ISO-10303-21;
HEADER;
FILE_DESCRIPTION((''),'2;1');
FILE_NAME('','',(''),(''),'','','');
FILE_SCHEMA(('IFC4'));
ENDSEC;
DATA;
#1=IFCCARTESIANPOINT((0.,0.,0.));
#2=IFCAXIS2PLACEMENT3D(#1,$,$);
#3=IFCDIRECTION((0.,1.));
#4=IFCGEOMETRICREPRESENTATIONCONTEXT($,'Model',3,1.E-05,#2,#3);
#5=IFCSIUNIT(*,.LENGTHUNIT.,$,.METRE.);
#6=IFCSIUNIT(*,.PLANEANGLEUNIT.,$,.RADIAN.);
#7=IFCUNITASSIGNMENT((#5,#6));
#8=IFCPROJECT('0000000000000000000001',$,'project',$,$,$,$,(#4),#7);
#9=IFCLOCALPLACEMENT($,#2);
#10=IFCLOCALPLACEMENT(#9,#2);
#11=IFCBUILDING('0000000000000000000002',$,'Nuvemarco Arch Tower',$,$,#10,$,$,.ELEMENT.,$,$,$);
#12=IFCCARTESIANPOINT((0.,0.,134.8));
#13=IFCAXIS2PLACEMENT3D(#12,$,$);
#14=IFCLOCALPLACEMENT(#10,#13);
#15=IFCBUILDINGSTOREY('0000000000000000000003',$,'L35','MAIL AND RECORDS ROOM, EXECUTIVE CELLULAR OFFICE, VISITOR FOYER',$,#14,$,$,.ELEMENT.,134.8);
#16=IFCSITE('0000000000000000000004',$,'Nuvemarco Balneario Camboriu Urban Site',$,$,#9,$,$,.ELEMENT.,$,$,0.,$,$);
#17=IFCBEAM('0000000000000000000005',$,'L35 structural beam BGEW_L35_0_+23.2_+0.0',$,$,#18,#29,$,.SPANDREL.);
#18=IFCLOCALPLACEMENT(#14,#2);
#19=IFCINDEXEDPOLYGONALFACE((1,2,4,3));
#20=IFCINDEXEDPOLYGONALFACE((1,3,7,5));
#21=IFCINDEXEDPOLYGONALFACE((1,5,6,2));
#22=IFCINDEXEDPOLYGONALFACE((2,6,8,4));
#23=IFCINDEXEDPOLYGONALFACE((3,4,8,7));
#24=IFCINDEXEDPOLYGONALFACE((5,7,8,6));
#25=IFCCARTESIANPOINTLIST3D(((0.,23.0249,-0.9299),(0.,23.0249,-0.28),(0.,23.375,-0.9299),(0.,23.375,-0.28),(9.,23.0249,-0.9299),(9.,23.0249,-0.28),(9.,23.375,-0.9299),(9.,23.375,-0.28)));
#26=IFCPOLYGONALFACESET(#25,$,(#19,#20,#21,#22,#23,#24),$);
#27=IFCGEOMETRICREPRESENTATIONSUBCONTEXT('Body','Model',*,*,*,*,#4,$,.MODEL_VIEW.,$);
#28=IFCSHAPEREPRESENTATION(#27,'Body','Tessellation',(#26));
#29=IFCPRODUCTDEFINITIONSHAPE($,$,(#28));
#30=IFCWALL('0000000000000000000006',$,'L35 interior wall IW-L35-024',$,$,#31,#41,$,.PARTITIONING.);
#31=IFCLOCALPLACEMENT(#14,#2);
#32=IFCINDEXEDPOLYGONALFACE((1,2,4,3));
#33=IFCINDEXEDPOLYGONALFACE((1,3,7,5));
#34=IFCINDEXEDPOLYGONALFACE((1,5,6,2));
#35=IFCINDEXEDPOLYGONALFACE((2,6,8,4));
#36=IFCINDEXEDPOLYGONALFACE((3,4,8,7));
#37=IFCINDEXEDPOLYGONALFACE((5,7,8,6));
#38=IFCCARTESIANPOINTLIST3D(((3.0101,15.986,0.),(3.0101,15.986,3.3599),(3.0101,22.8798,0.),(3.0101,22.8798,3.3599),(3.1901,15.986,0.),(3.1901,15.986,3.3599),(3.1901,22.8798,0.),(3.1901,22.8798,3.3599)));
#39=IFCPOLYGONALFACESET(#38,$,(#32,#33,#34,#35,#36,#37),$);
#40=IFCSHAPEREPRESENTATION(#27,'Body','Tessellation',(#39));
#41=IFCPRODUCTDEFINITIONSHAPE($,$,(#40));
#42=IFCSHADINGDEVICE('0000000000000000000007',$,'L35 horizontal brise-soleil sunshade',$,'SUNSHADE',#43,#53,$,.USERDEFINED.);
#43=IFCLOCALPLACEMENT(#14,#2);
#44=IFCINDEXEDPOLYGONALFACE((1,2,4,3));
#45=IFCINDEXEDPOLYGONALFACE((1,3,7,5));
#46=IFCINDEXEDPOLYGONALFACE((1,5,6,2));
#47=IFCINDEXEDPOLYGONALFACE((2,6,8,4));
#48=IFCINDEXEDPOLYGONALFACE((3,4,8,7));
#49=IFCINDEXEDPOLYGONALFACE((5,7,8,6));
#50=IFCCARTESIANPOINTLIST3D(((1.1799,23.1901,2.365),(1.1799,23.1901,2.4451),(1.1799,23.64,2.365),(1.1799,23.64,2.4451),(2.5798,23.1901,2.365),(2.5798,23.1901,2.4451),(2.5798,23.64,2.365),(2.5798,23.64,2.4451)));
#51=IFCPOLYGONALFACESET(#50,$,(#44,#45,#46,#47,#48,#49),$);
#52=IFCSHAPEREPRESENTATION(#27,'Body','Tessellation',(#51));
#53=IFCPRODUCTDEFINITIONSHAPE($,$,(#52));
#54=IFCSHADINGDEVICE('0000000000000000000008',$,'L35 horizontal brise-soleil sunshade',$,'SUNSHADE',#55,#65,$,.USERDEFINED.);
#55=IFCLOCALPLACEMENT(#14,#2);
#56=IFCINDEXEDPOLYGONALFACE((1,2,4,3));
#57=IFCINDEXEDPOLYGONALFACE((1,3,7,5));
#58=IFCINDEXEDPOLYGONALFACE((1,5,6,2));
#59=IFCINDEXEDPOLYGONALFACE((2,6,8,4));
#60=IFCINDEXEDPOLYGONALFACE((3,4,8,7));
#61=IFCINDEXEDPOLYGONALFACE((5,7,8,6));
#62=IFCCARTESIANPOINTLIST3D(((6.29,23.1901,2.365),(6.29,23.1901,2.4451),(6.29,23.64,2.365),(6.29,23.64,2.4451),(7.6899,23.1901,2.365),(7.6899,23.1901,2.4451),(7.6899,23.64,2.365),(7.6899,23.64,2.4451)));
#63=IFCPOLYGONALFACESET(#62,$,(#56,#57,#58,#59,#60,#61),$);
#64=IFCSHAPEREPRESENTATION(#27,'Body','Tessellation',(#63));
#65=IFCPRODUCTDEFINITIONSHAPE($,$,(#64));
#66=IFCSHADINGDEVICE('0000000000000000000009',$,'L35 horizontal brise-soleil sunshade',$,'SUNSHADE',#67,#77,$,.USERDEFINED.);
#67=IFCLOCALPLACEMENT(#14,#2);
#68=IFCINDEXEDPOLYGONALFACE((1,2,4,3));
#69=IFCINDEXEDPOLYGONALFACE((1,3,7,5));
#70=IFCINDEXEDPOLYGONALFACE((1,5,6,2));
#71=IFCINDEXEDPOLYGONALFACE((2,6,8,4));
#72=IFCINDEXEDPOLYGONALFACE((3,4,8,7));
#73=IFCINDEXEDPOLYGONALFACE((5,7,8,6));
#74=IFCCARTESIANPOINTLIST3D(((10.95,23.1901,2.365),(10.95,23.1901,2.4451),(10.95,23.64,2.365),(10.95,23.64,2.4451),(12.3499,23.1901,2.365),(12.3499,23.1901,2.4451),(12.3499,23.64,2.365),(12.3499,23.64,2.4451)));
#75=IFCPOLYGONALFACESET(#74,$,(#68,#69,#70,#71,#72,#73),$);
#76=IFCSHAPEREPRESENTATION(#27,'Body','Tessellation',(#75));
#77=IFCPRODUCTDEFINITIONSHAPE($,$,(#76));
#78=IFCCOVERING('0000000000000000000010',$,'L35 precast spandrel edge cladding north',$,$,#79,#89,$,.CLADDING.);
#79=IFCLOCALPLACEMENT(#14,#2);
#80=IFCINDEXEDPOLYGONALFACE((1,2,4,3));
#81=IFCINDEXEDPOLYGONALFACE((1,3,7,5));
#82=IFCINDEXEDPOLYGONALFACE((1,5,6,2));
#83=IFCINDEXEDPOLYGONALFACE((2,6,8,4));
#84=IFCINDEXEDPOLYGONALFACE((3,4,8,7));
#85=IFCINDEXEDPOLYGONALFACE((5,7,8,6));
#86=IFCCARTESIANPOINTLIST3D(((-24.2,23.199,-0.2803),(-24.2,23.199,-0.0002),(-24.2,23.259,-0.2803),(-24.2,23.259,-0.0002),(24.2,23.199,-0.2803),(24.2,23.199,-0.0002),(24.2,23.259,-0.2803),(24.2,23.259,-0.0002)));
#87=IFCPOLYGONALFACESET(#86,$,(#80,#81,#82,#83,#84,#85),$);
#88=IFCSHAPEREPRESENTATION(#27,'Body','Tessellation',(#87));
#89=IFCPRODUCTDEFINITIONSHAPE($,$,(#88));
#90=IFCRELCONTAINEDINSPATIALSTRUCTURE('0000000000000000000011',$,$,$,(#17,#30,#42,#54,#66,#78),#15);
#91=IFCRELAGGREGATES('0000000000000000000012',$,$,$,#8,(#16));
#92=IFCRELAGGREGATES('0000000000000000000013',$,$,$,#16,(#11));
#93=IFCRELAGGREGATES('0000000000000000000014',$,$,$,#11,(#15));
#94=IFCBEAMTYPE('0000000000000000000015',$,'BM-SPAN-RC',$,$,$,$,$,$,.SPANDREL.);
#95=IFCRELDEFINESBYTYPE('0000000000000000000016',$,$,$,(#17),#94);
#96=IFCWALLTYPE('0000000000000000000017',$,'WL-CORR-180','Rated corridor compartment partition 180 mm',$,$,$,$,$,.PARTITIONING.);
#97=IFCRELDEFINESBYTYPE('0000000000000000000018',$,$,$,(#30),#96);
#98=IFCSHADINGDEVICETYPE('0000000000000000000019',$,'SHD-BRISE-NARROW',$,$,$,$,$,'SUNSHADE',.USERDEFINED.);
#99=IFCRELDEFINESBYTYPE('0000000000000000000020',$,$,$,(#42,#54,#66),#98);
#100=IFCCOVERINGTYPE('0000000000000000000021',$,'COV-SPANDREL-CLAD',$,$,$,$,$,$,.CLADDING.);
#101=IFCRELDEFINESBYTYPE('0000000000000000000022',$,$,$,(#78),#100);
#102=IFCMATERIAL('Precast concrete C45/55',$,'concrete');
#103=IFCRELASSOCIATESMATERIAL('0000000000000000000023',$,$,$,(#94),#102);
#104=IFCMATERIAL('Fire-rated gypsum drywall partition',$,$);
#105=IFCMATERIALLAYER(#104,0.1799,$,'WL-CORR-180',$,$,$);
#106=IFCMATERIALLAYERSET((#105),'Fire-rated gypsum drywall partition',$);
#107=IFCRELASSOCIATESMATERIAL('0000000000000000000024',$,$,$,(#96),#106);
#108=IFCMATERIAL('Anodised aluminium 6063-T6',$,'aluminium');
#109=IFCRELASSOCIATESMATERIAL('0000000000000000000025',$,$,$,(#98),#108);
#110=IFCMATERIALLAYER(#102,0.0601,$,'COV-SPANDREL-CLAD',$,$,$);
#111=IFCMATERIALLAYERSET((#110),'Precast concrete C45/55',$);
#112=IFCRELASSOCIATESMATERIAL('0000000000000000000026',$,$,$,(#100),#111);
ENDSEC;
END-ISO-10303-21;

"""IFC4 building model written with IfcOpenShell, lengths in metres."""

from ifc_helpers import new_model, si_unit, direction, frame, frame_2d, origin, origin_2d, place, context, subcontext, project, spatial, rectangle, extrude, source, transform, mapped, material, layer, layer_set, material_profile, profile_set, type_object, type_shapes, element, save


model = new_model("IFC4")

# Units and contexts
model_context = context("Model", 3, precision=1e-05, world=origin(), true_north=direction((0.0, 1.0)))
body_context = subcontext(model_context, "Body", "Model", "MODEL_VIEW")
ifc_project = project(units=[si_unit("LENGTHUNIT", "METRE"), si_unit("PLANEANGLEUNIT", "RADIAN")], contexts=[model_context])

# Site, building, storey
site_placement = place(None, origin())
site = spatial("IfcSite", under=ifc_project, at=site_placement, Name="Nuvemarco Balneario Camboriu Urban Site", CompositionType="ELEMENT", RefElevation=0.0)
building_placement = place(site_placement, origin())
building = spatial("IfcBuilding", under=site, at=building_placement, Name="Nuvemarco Arch Tower", CompositionType="ELEMENT")
storey_placement = place(building_placement, frame((0.0, 0.0, 134.8)))
storey = spatial("IfcBuildingStorey", under=building, at=storey_placement, Name="L35", Description="MAIL AND RECORDS ROOM, EXECUTIVE CELLULAR OFFICE, VISITOR FOYER", CompositionType="ELEMENT", Elevation=134.8)

# Beam
ifc_material_1 = material(Name="Precast concrete C45/55", Category="concrete")
ifc_material_profile_1 = material_profile(ifc_material_1, rectangle(XDim=0.3501, YDim=0.6499, at=origin_2d()), Name="PC-SP-350x650")
ifc_profile_set_1 = profile_set([ifc_material_profile_1], Name="Precast concrete C45/55")
beam_type_1 = type_object("IfcBeamType", Name="BM-SPAN-RC", PredefinedType="SPANDREL", material=ifc_profile_set_1)
beam_1_placement = place(storey_placement, frame((0.0, 23.2, -0.605), z_axis=(1.0, 0.0, 0.0), x_axis=(0.0, 1.0, 0.0)))
element("IfcBeam", 1, at=beam_1_placement, inside=storey, type_object=beam_type_1, Name="L35 structural beam BGEW_L35_0_+23.2_+0.0", PredefinedType="SPANDREL", context=body_context, shape_type="SweptSolid", body=[
    extrude(rectangle(XDim=0.3501, YDim=0.6499, at=origin_2d()), origin(), (0.0, 0.0, 1.0), 9.0),
])

# Wall
ifc_material_2 = material(Name="Fire-rated gypsum drywall partition")
ifc_layer_1 = layer(ifc_material_2, 0.1799, Name="WL-CORR-180")
ifc_layer_set_1 = layer_set([ifc_layer_1], Name="Fire-rated gypsum drywall partition")
wall_type = type_object("IfcWallType", Name="WL-CORR-180", Description="Rated corridor compartment partition 180 mm", PredefinedType="PARTITIONING", material=ifc_layer_set_1)
wall_placement = place(storey_placement, frame((3.1001, 15.9861, 0.0), z_axis=(0.0, 0.0, 1.0), x_axis=(0.0, 1.0, 0.0)))
element("IfcWall", 2, at=wall_placement, inside=storey, type_object=wall_type, Name="L35 interior wall IW-L35-024", PredefinedType="PARTITIONING", context=body_context, shape_type="SweptSolid", body=[
    extrude(rectangle(XDim=6.8938, YDim=0.1799, at=frame_2d((3.4468, 0.0))), origin(), (0.0, 0.0, 1.0), 3.3599),
])

# Shading devices
ifc_material_3 = material(Name="Anodised aluminium 6063-T6", Category="aluminium")
shading_device_type = type_object("IfcShadingDeviceType", Name="SHD-BRISE-NARROW", ElementType="SUNSHADE", PredefinedType="USERDEFINED", material=ifc_material_3)
shared_shape_1 = source(origin(), body_context, "Body", "SweptSolid", [
    extrude(rectangle(XDim=1.3999, YDim=0.45, at=origin_2d()), origin(), (0.0, 0.0, 1.0), 0.0801),
])
type_shapes(shading_device_type, [shared_shape_1])
for number, where, z_axis, x_axis, name in (
    (3, (1.8799, 23.415, 2.365), (0.0, 0.0, 1.0), (1.0, 0.0, 0.0), "L35 horizontal brise-soleil sunshade"),
    (4, (6.99, 23.415, 2.365), (0.0, 0.0, 1.0), (1.0, 0.0, 0.0), "L35 horizontal brise-soleil sunshade"),
    (5, (11.6499, 23.415, 2.365), (0.0, 0.0, 1.0), (1.0, 0.0, 0.0), "L35 horizontal brise-soleil sunshade"),
):
    element("IfcShadingDevice", number, at=place(storey_placement, frame(where, z_axis=z_axis, x_axis=x_axis)), inside=storey, type_object=shading_device_type, Name=name, ObjectType="SUNSHADE", PredefinedType="USERDEFINED", context=body_context, shape_type="MappedRepresentation", body=[
        mapped(shared_shape_1, transform((0.0, 0.0, 0.0), scale=1.0)),
    ])

# Covering
ifc_layer_2 = layer(ifc_material_1, 0.0601, Name="COV-SPANDREL-CLAD")
ifc_layer_set_2 = layer_set([ifc_layer_2], Name="Precast concrete C45/55")
covering_type = type_object("IfcCoveringType", Name="COV-SPANDREL-CLAD", PredefinedType="CLADDING", material=ifc_layer_set_2)
shared_shape_2 = source(origin(), body_context, "Body", "SweptSolid", [
    extrude(rectangle(XDim=48.3999, YDim=0.0601, at=origin_2d()), origin(), (0.0, 0.0, 1.0), 0.28),
])
type_shapes(covering_type, [shared_shape_2])
covering_placement = place(storey_placement, frame((0.0, 23.229, -0.2803), z_axis=(0.0, 0.0, 1.0), x_axis=(1.0, 0.0, 0.0)))
element("IfcCovering", 6, at=covering_placement, inside=storey, type_object=covering_type, Name="L35 precast spandrel edge cladding north", PredefinedType="CLADDING", context=body_context, shape_type="MappedRepresentation", body=[
    mapped(shared_shape_2, transform((0.0, 0.0, 0.0), scale=1.0)),
])

save(model, "model.ifc")
